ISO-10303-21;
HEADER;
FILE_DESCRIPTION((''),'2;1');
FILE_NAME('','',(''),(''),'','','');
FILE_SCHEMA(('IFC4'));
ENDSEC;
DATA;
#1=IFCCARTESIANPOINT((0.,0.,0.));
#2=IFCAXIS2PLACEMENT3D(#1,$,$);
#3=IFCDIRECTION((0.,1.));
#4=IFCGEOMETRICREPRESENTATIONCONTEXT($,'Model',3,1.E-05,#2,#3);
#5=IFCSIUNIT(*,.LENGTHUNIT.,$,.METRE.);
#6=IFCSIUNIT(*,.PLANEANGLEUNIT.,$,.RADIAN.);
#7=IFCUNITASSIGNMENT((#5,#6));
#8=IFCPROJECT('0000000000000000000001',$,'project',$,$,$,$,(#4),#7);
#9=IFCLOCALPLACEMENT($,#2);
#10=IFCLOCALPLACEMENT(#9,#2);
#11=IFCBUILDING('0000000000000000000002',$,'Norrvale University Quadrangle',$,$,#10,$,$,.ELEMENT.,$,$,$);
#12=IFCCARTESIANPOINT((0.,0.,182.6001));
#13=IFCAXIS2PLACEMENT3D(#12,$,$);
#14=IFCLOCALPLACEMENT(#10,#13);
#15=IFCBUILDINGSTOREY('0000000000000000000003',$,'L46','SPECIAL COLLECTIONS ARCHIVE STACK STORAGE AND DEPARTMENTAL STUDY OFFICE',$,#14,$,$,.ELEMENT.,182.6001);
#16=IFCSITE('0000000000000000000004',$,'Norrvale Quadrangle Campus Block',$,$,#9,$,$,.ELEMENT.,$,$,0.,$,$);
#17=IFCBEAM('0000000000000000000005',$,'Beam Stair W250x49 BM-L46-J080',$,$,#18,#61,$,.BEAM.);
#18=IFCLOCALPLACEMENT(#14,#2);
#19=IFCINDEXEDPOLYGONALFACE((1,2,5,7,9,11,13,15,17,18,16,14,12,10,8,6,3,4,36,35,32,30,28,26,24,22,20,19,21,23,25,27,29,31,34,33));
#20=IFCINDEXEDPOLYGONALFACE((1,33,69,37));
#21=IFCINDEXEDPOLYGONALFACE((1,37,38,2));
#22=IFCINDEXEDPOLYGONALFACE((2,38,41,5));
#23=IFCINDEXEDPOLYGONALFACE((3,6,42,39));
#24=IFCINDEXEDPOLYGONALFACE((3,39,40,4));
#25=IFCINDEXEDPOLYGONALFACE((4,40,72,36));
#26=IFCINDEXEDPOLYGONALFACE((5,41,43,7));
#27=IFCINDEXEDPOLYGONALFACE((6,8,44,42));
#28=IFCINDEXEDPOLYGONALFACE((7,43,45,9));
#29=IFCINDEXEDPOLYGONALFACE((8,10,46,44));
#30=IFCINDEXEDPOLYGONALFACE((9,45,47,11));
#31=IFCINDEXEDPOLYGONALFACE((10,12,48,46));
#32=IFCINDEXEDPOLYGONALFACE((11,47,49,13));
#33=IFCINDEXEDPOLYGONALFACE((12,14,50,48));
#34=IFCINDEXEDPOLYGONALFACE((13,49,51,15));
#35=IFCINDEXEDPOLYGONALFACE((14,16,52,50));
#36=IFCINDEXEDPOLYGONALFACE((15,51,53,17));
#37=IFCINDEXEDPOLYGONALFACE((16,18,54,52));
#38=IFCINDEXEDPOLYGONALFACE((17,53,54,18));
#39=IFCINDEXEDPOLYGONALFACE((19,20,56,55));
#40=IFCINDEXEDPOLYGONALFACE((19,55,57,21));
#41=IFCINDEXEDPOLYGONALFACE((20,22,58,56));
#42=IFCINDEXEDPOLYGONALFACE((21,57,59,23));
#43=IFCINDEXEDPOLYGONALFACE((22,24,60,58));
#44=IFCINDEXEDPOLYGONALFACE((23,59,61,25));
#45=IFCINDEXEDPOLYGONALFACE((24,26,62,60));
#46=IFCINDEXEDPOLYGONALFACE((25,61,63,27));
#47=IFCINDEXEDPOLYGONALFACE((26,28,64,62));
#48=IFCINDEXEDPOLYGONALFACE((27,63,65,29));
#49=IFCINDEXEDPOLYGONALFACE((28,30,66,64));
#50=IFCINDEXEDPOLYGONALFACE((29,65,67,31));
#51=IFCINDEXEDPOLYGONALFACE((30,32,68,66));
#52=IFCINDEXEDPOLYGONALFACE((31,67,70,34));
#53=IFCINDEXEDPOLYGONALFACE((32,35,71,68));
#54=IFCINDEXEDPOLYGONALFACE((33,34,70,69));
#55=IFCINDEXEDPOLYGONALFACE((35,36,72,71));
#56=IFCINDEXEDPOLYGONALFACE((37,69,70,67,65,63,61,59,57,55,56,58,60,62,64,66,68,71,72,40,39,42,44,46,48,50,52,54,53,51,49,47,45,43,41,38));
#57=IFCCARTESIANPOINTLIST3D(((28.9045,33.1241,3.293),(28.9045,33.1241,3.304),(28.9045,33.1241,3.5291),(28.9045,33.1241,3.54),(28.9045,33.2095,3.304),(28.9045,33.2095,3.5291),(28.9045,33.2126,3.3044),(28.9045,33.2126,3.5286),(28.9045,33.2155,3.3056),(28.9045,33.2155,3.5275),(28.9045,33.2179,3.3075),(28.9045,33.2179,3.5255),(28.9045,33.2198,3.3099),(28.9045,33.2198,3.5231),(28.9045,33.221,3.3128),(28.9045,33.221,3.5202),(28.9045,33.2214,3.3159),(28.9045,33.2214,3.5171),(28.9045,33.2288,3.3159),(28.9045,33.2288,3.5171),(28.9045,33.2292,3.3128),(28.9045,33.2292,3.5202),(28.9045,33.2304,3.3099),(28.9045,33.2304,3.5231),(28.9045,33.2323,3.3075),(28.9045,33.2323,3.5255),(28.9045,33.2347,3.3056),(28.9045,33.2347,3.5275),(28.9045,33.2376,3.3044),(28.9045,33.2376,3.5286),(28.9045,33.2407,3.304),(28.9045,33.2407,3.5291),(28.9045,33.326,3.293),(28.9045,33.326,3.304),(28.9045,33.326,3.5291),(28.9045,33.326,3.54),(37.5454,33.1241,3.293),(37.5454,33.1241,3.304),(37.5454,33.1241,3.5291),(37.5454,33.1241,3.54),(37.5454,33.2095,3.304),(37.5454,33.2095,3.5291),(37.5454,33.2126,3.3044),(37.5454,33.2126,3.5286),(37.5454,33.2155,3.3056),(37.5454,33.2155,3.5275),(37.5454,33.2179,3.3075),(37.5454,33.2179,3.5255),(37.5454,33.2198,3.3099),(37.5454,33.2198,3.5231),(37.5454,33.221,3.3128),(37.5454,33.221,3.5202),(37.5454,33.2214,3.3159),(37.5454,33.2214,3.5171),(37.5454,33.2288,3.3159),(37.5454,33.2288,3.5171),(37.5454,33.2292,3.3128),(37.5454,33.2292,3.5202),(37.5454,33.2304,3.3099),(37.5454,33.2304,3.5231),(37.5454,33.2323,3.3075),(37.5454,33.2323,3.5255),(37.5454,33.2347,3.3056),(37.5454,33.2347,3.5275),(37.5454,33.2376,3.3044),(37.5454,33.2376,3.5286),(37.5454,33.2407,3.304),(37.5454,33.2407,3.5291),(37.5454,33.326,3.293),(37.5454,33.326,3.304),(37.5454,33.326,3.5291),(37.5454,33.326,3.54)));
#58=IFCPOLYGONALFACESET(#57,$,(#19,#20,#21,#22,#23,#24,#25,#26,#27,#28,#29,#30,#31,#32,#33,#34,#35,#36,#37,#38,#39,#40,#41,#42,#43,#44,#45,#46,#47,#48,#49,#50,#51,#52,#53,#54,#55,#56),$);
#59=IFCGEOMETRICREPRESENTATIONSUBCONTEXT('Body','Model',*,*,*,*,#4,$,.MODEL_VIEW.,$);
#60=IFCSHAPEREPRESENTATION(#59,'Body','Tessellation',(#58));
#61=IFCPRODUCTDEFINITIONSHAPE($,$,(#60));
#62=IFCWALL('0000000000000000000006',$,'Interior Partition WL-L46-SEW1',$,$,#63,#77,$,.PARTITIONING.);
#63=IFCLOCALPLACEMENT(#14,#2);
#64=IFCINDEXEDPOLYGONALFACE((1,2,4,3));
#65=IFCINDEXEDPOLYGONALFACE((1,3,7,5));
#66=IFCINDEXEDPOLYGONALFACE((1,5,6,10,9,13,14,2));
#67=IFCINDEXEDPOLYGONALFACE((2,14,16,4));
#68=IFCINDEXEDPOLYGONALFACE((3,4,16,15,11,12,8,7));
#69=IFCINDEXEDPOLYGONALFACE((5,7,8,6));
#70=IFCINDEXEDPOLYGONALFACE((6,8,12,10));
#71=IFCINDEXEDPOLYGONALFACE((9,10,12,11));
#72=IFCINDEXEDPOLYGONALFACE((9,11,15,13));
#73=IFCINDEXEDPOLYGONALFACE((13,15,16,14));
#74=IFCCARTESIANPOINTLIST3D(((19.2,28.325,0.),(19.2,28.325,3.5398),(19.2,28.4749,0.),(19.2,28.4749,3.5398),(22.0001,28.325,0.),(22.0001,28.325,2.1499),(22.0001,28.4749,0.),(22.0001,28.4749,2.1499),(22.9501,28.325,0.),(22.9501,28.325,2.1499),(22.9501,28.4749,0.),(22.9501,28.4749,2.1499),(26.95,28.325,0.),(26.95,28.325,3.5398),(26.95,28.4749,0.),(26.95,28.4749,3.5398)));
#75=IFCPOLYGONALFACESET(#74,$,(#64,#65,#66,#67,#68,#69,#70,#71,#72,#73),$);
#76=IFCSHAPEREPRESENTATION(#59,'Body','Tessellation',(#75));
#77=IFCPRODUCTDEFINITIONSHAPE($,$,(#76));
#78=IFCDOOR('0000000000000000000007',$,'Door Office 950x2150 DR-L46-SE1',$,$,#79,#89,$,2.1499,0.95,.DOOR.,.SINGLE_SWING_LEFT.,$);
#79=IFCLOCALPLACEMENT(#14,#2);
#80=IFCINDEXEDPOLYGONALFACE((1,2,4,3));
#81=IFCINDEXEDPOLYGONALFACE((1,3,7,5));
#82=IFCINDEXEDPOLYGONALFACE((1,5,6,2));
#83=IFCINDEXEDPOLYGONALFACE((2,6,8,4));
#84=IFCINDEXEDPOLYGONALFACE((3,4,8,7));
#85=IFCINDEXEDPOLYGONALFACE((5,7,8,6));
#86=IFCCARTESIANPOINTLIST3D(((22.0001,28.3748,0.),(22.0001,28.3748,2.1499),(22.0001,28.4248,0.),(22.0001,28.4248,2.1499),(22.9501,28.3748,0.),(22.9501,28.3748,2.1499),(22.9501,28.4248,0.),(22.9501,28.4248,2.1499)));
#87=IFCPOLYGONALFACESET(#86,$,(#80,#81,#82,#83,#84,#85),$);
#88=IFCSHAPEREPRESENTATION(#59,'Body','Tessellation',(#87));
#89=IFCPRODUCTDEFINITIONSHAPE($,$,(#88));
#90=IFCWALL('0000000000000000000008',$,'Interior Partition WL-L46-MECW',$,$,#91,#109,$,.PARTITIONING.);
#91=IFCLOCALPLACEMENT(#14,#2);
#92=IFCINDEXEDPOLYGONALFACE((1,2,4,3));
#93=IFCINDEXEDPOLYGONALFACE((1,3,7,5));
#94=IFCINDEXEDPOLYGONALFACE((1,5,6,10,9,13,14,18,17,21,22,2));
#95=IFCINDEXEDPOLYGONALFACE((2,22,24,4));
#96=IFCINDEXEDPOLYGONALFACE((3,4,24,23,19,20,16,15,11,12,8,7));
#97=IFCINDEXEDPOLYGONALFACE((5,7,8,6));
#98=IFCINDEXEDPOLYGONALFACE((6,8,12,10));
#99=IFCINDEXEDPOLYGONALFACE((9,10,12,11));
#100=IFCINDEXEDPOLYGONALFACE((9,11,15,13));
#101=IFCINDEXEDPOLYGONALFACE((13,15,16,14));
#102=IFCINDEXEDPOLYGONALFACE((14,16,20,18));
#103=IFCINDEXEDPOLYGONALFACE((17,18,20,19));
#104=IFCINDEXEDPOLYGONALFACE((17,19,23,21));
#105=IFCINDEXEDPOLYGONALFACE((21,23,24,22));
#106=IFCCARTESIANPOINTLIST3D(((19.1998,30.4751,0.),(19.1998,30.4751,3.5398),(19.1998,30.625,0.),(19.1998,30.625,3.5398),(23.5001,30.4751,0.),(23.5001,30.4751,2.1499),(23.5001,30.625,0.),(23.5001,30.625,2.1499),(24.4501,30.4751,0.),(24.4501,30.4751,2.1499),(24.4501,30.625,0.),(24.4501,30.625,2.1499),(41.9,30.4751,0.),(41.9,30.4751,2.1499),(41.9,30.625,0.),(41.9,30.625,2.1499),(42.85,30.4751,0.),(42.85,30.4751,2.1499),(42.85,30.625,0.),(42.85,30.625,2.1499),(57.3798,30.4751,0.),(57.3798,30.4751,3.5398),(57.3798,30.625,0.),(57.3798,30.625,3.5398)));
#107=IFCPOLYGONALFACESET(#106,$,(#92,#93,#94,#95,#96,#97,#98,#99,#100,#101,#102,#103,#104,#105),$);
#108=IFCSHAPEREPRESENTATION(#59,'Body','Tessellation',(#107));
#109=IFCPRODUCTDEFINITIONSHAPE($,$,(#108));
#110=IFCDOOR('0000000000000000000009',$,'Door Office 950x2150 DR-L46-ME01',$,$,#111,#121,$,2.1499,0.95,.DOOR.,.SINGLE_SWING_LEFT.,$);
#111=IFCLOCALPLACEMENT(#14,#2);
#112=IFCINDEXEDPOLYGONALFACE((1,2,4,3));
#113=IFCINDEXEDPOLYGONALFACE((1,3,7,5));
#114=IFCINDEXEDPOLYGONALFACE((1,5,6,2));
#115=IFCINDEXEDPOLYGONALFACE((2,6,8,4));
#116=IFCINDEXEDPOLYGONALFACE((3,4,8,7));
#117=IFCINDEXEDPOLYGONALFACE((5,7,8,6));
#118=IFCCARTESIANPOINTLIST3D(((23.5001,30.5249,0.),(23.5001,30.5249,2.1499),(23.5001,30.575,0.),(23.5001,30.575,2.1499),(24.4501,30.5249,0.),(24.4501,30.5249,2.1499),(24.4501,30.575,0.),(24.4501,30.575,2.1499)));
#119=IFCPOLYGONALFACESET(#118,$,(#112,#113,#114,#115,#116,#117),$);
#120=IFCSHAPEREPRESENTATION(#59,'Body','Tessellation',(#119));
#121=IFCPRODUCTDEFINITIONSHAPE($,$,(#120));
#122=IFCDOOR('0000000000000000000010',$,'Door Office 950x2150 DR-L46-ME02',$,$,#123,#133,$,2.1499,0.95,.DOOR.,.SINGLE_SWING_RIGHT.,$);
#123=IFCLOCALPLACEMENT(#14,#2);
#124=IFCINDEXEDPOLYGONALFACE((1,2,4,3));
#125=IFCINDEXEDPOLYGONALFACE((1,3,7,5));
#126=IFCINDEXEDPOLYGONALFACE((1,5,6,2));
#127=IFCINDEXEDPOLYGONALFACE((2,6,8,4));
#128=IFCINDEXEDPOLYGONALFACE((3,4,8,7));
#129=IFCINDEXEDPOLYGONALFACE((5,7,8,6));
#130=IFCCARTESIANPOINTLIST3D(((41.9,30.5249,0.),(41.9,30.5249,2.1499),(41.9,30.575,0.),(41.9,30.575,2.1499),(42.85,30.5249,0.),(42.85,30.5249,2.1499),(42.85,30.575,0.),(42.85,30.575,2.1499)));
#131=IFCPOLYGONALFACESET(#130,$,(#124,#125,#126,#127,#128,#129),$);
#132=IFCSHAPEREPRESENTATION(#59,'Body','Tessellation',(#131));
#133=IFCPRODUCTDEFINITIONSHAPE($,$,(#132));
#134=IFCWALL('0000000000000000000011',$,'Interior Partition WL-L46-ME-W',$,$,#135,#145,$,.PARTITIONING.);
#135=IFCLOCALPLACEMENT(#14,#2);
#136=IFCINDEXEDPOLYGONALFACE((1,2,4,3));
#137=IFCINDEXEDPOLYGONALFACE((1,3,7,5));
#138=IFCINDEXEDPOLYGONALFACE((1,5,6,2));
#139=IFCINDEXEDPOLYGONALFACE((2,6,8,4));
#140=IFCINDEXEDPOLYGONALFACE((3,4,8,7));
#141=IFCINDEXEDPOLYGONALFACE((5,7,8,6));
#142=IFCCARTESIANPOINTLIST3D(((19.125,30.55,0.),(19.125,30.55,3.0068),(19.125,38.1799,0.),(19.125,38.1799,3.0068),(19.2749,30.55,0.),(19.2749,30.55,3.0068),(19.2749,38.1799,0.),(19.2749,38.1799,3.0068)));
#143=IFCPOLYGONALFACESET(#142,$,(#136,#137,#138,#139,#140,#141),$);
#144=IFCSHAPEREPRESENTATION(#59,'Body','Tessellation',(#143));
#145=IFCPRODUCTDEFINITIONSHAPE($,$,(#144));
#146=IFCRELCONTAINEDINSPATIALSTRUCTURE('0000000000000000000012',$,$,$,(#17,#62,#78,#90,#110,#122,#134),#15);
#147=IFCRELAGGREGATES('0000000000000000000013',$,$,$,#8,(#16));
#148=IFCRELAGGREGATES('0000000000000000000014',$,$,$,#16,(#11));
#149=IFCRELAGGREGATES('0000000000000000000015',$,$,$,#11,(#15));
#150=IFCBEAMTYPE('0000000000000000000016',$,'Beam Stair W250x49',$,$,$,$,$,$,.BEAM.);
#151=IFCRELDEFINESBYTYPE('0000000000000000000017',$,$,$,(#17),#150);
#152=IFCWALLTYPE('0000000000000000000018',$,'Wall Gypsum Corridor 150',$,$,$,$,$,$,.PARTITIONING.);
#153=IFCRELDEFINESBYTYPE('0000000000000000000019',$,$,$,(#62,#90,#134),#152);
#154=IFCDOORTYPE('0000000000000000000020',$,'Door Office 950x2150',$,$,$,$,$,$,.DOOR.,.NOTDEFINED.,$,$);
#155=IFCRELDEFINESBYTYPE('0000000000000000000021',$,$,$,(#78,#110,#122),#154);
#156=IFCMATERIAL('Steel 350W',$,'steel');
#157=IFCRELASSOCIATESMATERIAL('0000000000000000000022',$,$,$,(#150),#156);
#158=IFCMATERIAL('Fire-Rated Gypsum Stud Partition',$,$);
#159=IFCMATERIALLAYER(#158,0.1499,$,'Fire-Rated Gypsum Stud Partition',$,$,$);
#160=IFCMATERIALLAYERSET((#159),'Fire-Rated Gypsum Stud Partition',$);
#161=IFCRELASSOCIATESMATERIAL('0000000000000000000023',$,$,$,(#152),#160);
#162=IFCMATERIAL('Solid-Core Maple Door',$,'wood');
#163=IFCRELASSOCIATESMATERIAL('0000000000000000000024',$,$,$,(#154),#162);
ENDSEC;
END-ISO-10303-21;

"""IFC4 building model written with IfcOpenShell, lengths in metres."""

from ifc_helpers import new_model, si_unit, direction, frame, frame_2d, origin, origin_2d, place, context, subcontext, project, spatial, rectangle, i_section, extrude, material, layer, layer_set, material_profile, profile_set, type_object, element, fill, save


model = new_model("IFC4")

# Units and contexts
model_context = context("Model", 3, precision=1e-05, world=origin(), true_north=direction((0.0, 1.0)))
body_context = subcontext(model_context, "Body", "Model", "MODEL_VIEW")
ifc_project = project(units=[si_unit("LENGTHUNIT", "METRE"), si_unit("PLANEANGLEUNIT", "RADIAN")], contexts=[model_context])

# Site, building, storey
site_placement = place(None, origin())
site = spatial("IfcSite", under=ifc_project, at=site_placement, Name="Norrvale Quadrangle Campus Block", CompositionType="ELEMENT", RefElevation=0.0)
building_placement = place(site_placement, origin())
building = spatial("IfcBuilding", under=site, at=building_placement, Name="Norrvale University Quadrangle", CompositionType="ELEMENT")
storey_placement = place(building_placement, frame((0.0, 0.0, 182.6001)))
storey = spatial("IfcBuildingStorey", under=building, at=storey_placement, Name="L46", Description="SPECIAL COLLECTIONS ARCHIVE STACK STORAGE AND DEPARTMENTAL STUDY OFFICE", CompositionType="ELEMENT", Elevation=182.6001)

# Beam
ifc_material_1 = material(Name="Steel 350W", Category="steel")
ifc_material_profile_1 = material_profile(ifc_material_1, i_section(OverallWidth=0.2019, OverallDepth=0.2471, WebThickness=0.0073, FlangeThickness=0.011, FilletRadius=0.012, at=origin_2d()), Name="Steel 350W")
ifc_profile_set_1 = profile_set([ifc_material_profile_1], Name="Steel 350W")
beam_type_1 = type_object("IfcBeamType", Name="Beam Stair W250x49", PredefinedType="BEAM", material=ifc_profile_set_1)
for number, where, z_axis, x_axis, name in (
    (1, (28.9045, 33.2251, 3.4165), (1.0, 0.0, 0.0), (0.0, 1.0, 0.0), "Beam Stair W250x49 BM-L46-J080"),
):
    element("IfcBeam", number, at=place(storey_placement, frame(where, z_axis=z_axis, x_axis=x_axis)), inside=storey, type_object=beam_type_1, Name=name, PredefinedType="BEAM", context=body_context, shape_type="SweptSolid", body=[
        extrude(i_section(OverallWidth=0.2019, OverallDepth=0.2471, WebThickness=0.0073, FlangeThickness=0.011, FilletRadius=0.012, at=origin_2d()), origin(), (0.0, 0.0, 1.0), 8.6409),
    ])

# Wall, opening, door
ifc_material_2 = material(Name="Fire-Rated Gypsum Stud Partition")
ifc_layer = layer(ifc_material_2, 0.1499, Name="Fire-Rated Gypsum Stud Partition")
ifc_layer_set = layer_set([ifc_layer], Name="Fire-Rated Gypsum Stud Partition")
wall_type = type_object("IfcWallType", Name="Wall Gypsum Corridor 150", PredefinedType="PARTITIONING", material=ifc_layer_set)
wall_1_placement = place(storey_placement, frame((19.2, 28.3999, 0.0), z_axis=(0.0, 0.0, 1.0), x_axis=(1.0, 0.0, 0.0)))
wall_1 = element("IfcWall", 2, at=wall_1_placement, inside=storey, type_object=wall_type, Name="Interior Partition WL-L46-SEW1", PredefinedType="PARTITIONING", context=body_context, shape_type="SweptSolid", body=[
    extrude(rectangle(XDim=7.75, YDim=0.1499, at=frame_2d((3.875, 0.0))), origin(), (0.0, 0.0, 1.0), 3.5398),
])
opening_1_placement = place(wall_1_placement, frame((2.8, 0.0, 0.0)))
opening_1 = element("IfcOpeningElement", 3, at=opening_1_placement, cuts=wall_1, PredefinedType="OPENING", context=body_context, shape_type="SweptSolid", body=[
    extrude(rectangle(XDim=0.95, YDim=2.1499, at=frame_2d((0.4751, 1.075))), frame((0.0, 0.0869, 0.0), z_axis=(0.0, -1.0, 0.0), x_axis=(1.0, 0.0, 0.0)), (0.0, 0.0, 1.0), 0.1738),
])
ifc_material_3 = material(Name="Solid-Core Maple Door", Category="wood")
door_type = type_object("IfcDoorType", Name="Door Office 950x2150", OperationType="NOTDEFINED", PredefinedType="DOOR", material=ifc_material_3)
door_1_placement = place(opening_1_placement, origin())
door_1 = element("IfcDoor", 4, at=door_1_placement, inside=storey, type_object=door_type, Name="Door Office 950x2150 DR-L46-SE1", OperationType="SINGLE_SWING_LEFT", OverallHeight=2.1499, OverallWidth=0.95, PredefinedType="DOOR", context=body_context, shape_type="SweptSolid", body=[
    extrude(rectangle(XDim=0.95, YDim=2.1499, at=frame_2d((0.4751, 1.075))), frame((0.0, 0.0249, 0.0), z_axis=(0.0, -1.0, 0.0), x_axis=(1.0, 0.0, 0.0)), (0.0, 0.0, 1.0), 0.05),
])
fill(opening_1, door_1)

# Wall, openings, doors
wall_2_placement = place(storey_placement, frame((19.2, 30.55, 0.0), z_axis=(0.0, 0.0, 1.0), x_axis=(1.0, 0.0, 0.0)))
wall_2 = element("IfcWall", 5, at=wall_2_placement, inside=storey, type_object=wall_type, Name="Interior Partition WL-L46-MECW", PredefinedType="PARTITIONING", context=body_context, shape_type="SweptSolid", body=[
    extrude(rectangle(XDim=38.1799, YDim=0.1499, at=frame_2d((19.0898, 0.0))), origin(), (0.0, 0.0, 1.0), 3.5398),
])
opening_2_placement = place(wall_2_placement, frame((4.3, 0.0, 0.0)))
opening_2 = element("IfcOpeningElement", 6, at=opening_2_placement, cuts=wall_2, PredefinedType="OPENING", context=body_context, shape_type="SweptSolid", body=[
    extrude(rectangle(XDim=0.95, YDim=2.1499, at=frame_2d((0.4751, 1.075))), frame((0.0, 0.0869, 0.0), z_axis=(0.0, -1.0, 0.0), x_axis=(1.0, 0.0, 0.0)), (0.0, 0.0, 1.0), 0.1738),
])
opening_3_placement = place(wall_2_placement, frame((22.7, 0.0, 0.0)))
opening_3 = element("IfcOpeningElement", 7, at=opening_3_placement, cuts=wall_2, PredefinedType="OPENING", context=body_context, shape_type="SweptSolid", body=[
    extrude(rectangle(XDim=0.95, YDim=2.1499, at=frame_2d((0.4751, 1.075))), frame((0.0, 0.0869, 0.0), z_axis=(0.0, -1.0, 0.0), x_axis=(1.0, 0.0, 0.0)), (0.0, 0.0, 1.0), 0.1738),
])
door_2_placement = place(opening_2_placement, origin())
door_2 = element("IfcDoor", 8, at=door_2_placement, inside=storey, type_object=door_type, Name="Door Office 950x2150 DR-L46-ME01", OperationType="SINGLE_SWING_LEFT", OverallHeight=2.1499, OverallWidth=0.95, PredefinedType="DOOR", context=body_context, shape_type="SweptSolid", body=[
    extrude(rectangle(XDim=0.95, YDim=2.1499, at=frame_2d((0.4751, 1.075))), frame((0.0, 0.0249, 0.0), z_axis=(0.0, -1.0, 0.0), x_axis=(1.0, 0.0, 0.0)), (0.0, 0.0, 1.0), 0.05),
])
fill(opening_2, door_2)
door_3_placement = place(opening_3_placement, origin())
door_3 = element("IfcDoor", 9, at=door_3_placement, inside=storey, type_object=door_type, Name="Door Office 950x2150 DR-L46-ME02", OperationType="SINGLE_SWING_RIGHT", OverallHeight=2.1499, OverallWidth=0.95, PredefinedType="DOOR", context=body_context, shape_type="SweptSolid", body=[
    extrude(rectangle(XDim=0.95, YDim=2.1499, at=frame_2d((0.4751, 1.075))), frame((0.0, 0.0249, 0.0), z_axis=(0.0, -1.0, 0.0), x_axis=(1.0, 0.0, 0.0)), (0.0, 0.0, 1.0), 0.05),
])
fill(opening_3, door_3)

# Wall
wall_3_placement = place(storey_placement, frame((19.2, 30.55, 0.0), z_axis=(0.0, 0.0, 1.0), x_axis=(0.0, 1.0, 0.0)))
element("IfcWall", 10, at=wall_3_placement, inside=storey, type_object=wall_type, Name="Interior Partition WL-L46-ME-W", PredefinedType="PARTITIONING", context=body_context, shape_type="SweptSolid", body=[
    extrude(rectangle(XDim=7.6299, YDim=0.1499, at=frame_2d((3.8149, 0.0))), origin(), (0.0, 0.0, 1.0), 3.0068),
])

save(model, "model.ifc")
